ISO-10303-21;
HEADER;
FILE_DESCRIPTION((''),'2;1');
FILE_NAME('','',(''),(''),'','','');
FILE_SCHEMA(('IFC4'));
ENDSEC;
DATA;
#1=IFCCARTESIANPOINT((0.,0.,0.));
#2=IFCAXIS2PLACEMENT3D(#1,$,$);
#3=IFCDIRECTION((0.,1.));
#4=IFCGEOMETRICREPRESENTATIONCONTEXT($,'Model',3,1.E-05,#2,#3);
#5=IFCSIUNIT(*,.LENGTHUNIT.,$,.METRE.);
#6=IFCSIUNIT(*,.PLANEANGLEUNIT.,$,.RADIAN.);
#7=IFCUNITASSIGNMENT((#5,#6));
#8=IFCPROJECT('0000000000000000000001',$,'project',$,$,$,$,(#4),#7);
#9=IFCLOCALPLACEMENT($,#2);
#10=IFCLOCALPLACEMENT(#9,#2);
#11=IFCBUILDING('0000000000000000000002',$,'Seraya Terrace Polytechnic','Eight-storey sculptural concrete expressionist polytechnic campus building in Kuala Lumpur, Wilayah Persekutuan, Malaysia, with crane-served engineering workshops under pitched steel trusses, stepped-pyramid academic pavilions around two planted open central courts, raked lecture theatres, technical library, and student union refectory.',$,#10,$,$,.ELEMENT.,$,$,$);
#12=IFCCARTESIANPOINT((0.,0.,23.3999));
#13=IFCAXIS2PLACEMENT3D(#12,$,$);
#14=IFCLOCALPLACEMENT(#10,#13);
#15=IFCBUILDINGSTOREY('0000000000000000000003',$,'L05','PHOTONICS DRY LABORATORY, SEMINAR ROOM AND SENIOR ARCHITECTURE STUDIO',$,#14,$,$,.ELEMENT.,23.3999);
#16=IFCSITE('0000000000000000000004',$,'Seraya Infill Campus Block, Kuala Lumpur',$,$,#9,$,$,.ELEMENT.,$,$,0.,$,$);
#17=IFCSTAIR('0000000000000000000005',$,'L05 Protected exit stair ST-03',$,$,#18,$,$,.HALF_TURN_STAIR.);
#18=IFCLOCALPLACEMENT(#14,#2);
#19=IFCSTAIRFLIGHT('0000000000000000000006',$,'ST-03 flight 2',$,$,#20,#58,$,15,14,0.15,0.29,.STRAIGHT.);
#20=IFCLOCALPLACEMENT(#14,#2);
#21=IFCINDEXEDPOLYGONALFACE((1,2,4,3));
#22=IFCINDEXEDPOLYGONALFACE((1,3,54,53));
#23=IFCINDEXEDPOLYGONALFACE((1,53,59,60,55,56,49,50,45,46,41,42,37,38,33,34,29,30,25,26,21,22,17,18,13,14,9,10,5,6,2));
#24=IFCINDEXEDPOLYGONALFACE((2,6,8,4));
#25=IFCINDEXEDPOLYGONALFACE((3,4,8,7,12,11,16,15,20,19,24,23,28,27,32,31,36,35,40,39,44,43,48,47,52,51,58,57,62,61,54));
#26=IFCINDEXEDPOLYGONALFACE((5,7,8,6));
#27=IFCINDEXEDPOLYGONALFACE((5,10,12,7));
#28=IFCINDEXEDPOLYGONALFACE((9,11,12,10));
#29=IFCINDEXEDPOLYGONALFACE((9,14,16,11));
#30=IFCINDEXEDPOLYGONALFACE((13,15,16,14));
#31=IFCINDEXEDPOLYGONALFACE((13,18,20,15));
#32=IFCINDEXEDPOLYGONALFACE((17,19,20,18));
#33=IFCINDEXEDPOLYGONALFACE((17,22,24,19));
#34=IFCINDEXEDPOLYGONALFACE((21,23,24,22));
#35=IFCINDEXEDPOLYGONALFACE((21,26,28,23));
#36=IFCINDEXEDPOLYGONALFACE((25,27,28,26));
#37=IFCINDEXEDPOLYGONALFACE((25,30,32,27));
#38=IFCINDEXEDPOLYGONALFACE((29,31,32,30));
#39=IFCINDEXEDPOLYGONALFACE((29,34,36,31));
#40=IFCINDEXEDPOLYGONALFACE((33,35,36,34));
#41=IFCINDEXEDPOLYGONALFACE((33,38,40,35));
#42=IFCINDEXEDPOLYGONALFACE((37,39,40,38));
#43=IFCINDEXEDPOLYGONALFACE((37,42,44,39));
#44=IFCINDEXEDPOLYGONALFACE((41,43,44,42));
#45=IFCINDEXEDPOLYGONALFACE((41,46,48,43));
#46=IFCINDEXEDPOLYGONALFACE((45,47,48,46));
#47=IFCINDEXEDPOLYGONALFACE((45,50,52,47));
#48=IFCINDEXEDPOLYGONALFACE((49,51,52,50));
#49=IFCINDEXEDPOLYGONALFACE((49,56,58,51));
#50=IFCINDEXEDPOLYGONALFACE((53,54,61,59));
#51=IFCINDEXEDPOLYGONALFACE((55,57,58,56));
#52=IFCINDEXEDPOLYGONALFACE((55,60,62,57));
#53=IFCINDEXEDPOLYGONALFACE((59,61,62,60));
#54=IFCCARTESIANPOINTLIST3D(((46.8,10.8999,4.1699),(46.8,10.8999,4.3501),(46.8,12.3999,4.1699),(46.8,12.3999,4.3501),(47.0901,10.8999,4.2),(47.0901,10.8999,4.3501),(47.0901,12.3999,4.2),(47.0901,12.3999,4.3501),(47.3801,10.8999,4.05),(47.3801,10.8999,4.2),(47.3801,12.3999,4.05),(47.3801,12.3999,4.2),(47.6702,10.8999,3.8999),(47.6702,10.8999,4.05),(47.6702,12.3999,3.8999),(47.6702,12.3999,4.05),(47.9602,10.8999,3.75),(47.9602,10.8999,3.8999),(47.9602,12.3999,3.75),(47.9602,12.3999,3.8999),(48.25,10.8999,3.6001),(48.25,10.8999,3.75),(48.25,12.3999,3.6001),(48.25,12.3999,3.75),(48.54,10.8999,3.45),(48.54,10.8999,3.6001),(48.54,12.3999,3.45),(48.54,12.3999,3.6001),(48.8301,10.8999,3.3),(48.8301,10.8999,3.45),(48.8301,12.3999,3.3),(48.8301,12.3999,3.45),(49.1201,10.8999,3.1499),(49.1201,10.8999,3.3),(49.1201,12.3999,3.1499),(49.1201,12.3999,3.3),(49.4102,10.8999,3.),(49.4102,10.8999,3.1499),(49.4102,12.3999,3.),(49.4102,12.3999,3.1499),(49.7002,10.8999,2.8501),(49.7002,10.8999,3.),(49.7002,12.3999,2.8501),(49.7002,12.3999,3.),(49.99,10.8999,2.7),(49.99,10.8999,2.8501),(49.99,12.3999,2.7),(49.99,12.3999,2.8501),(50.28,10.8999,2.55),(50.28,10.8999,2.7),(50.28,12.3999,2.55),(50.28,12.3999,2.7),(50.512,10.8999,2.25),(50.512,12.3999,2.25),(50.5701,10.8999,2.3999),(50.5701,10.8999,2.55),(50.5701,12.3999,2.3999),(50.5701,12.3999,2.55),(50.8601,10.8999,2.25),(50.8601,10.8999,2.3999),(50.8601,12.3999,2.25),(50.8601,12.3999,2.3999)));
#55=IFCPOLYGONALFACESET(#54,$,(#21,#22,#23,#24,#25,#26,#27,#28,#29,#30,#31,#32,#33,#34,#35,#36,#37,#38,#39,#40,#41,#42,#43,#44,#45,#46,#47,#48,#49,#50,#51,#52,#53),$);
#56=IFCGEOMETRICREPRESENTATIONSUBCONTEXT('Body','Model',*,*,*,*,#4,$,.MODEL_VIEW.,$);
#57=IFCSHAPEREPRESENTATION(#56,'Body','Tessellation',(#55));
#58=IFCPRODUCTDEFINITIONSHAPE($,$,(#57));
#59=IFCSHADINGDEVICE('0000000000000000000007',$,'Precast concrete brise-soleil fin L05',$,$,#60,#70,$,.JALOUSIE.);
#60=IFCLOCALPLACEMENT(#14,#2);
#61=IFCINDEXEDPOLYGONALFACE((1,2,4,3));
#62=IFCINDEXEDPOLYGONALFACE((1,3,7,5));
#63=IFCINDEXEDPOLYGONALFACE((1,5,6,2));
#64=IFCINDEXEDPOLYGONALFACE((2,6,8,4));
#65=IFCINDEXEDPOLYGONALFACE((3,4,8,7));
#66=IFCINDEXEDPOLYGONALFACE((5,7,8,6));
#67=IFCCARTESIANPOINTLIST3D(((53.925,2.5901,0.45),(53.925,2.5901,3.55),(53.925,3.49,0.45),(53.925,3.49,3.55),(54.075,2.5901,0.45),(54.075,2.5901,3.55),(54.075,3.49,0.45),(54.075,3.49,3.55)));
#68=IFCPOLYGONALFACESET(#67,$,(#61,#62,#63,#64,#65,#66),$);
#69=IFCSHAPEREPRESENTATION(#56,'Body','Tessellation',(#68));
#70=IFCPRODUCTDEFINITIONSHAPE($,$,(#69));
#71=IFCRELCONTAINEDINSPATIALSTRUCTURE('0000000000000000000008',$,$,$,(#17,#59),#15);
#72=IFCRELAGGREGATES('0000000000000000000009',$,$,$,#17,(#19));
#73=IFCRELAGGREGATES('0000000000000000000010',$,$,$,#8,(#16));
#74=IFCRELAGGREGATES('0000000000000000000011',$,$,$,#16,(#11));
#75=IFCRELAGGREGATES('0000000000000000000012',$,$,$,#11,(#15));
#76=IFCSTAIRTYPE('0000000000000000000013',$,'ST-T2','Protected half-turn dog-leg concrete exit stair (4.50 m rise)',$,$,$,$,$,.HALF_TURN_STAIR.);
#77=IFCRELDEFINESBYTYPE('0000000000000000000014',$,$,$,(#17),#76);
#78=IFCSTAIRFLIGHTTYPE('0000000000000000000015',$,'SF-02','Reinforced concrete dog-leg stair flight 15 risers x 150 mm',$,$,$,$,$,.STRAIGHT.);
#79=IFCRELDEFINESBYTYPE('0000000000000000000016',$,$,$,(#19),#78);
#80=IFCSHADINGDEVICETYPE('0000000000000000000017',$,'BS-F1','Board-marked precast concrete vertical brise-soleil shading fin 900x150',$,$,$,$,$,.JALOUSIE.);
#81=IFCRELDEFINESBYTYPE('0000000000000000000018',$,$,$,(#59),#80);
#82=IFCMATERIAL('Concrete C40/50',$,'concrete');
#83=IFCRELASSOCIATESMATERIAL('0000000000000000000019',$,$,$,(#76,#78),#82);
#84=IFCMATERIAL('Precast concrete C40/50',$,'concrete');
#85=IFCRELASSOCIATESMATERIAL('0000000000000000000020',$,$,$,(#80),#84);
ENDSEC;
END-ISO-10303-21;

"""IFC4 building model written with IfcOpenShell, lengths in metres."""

from ifc_helpers import new_model, si_unit, direction, frame, origin, origin_2d, place, context, subcontext, project, spatial, polyline, rectangle, outline, extrude, material, type_object, element, aggregate, save


model = new_model("IFC4")

# Units and contexts
model_context = context("Model", 3, precision=1e-05, world=origin(), true_north=direction((0.0, 1.0)))
body_context = subcontext(model_context, "Body", "Model", "MODEL_VIEW")
ifc_project = project(units=[si_unit("LENGTHUNIT", "METRE"), si_unit("PLANEANGLEUNIT", "RADIAN")], contexts=[model_context])

# Site, building, storey
site_placement = place(None, origin())
site = spatial("IfcSite", under=ifc_project, at=site_placement, Name="Seraya Infill Campus Block, Kuala Lumpur", CompositionType="ELEMENT", RefElevation=0.0)
building_placement = place(site_placement, origin())
building = spatial("IfcBuilding", under=site, at=building_placement, Name="Seraya Terrace Polytechnic", Description="Eight-storey sculptural concrete expressionist polytechnic campus building in Kuala Lumpur, Wilayah Persekutuan, Malaysia, with crane-served engineering workshops under pitched steel trusses, stepped-pyramid academic pavilions around two planted open central courts, raked lecture theatres, technical library, and student union refectory.", CompositionType="ELEMENT")
storey_placement = place(building_placement, frame((0.0, 0.0, 23.3999)))
storey = spatial("IfcBuildingStorey", under=building, at=storey_placement, Name="L05", Description="PHOTONICS DRY LABORATORY, SEMINAR ROOM AND SENIOR ARCHITECTURE STUDIO", CompositionType="ELEMENT", Elevation=23.3999)

# Shared definitions
ifc_material_1 = material(Name="Concrete C40/50", Category="concrete")

# Shared definitions
ifc_material_2 = material(Name="Precast concrete C40/50", Category="concrete")

# Stair, stair flight
stair_type = type_object("IfcStairType", Name="ST-T2", Description="Protected half-turn dog-leg concrete exit stair (4.50 m rise)", PredefinedType="HALF_TURN_STAIR", material=ifc_material_1)
stair_placement = place(storey_placement, origin())
stair = element("IfcStair", 1, at=stair_placement, inside=storey, type_object=stair_type, Name="L05 Protected exit stair ST-03", PredefinedType="HALF_TURN_STAIR")
stair_flight_type = type_object("IfcStairFlightType", Name="SF-02", Description="Reinforced concrete dog-leg stair flight 15 risers x 150 mm", PredefinedType="STRAIGHT", material=ifc_material_1)
stair_flight_1_placement = place(storey_placement, frame((50.8601, 11.6499, 2.25), z_axis=(0.0, 0.0, 1.0), x_axis=(-1.0, 0.0, 0.0)))
stair_flight_1 = element("IfcStairFlight", 2, at=stair_flight_1_placement, type_object=stair_flight_type, Name="ST-03 flight 2", NumberOfRisers=15, NumberOfTreads=14, PredefinedType="STRAIGHT", RiserHeight=0.15, TreadLength=0.29, context=body_context, shape_type="SweptSolid", body=[
    extrude(outline(polyline([(0.0, 0.0), (0.0, 0.1499), (0.29, 0.1499), (0.29, 0.3), (0.5801, 0.3), (0.5801, 0.45), (0.8701, 0.45), (0.8701, 0.6001), (1.1599, 0.6001), (1.1599, 0.75), (1.45, 0.75), (1.45, 0.8999), (1.74, 0.8999), (1.74, 1.05), (2.03, 1.05), (2.03, 1.2), (2.3201, 1.2), (2.3201, 1.3501), (2.6101, 1.3501), (2.6101, 1.5), (2.8999, 1.5), (2.8999, 1.6499), (3.1899, 1.6499), (3.1899, 1.8), (3.48, 1.8), (3.48, 1.95), (3.77, 1.95), (3.77, 2.1001), (4.0601, 2.1001), (4.0601, 2.25), (4.0601, 1.9199), (0.3481, 0.0), (0.0, 0.0)])), frame((0.0, 0.75, 0.0), z_axis=(0.0, -1.0, 0.0), x_axis=(1.0, 0.0, 0.0)), (0.0, 0.0, 1.0), 1.5),
])
aggregate(stair, [stair_flight_1])

# Shading device
shading_device_type = type_object("IfcShadingDeviceType", Name="BS-F1", Description="Board-marked precast concrete vertical brise-soleil shading fin 900x150", PredefinedType="JALOUSIE", material=ifc_material_2)
shading_device_placement = place(storey_placement, frame((54.0, 3.04, 0.45), z_axis=(0.0, 0.0, 1.0), x_axis=(0.0, -1.0, 0.0)))
element("IfcShadingDevice", 3, at=shading_device_placement, inside=storey, type_object=shading_device_type, Name="Precast concrete brise-soleil fin L05", PredefinedType="JALOUSIE", context=body_context, shape_type="SweptSolid", body=[
    extrude(rectangle(XDim=0.8999, YDim=0.1499, at=origin_2d()), origin(), (0.0, 0.0, 1.0), 3.1001),
])

save(model, "model.ifc")
